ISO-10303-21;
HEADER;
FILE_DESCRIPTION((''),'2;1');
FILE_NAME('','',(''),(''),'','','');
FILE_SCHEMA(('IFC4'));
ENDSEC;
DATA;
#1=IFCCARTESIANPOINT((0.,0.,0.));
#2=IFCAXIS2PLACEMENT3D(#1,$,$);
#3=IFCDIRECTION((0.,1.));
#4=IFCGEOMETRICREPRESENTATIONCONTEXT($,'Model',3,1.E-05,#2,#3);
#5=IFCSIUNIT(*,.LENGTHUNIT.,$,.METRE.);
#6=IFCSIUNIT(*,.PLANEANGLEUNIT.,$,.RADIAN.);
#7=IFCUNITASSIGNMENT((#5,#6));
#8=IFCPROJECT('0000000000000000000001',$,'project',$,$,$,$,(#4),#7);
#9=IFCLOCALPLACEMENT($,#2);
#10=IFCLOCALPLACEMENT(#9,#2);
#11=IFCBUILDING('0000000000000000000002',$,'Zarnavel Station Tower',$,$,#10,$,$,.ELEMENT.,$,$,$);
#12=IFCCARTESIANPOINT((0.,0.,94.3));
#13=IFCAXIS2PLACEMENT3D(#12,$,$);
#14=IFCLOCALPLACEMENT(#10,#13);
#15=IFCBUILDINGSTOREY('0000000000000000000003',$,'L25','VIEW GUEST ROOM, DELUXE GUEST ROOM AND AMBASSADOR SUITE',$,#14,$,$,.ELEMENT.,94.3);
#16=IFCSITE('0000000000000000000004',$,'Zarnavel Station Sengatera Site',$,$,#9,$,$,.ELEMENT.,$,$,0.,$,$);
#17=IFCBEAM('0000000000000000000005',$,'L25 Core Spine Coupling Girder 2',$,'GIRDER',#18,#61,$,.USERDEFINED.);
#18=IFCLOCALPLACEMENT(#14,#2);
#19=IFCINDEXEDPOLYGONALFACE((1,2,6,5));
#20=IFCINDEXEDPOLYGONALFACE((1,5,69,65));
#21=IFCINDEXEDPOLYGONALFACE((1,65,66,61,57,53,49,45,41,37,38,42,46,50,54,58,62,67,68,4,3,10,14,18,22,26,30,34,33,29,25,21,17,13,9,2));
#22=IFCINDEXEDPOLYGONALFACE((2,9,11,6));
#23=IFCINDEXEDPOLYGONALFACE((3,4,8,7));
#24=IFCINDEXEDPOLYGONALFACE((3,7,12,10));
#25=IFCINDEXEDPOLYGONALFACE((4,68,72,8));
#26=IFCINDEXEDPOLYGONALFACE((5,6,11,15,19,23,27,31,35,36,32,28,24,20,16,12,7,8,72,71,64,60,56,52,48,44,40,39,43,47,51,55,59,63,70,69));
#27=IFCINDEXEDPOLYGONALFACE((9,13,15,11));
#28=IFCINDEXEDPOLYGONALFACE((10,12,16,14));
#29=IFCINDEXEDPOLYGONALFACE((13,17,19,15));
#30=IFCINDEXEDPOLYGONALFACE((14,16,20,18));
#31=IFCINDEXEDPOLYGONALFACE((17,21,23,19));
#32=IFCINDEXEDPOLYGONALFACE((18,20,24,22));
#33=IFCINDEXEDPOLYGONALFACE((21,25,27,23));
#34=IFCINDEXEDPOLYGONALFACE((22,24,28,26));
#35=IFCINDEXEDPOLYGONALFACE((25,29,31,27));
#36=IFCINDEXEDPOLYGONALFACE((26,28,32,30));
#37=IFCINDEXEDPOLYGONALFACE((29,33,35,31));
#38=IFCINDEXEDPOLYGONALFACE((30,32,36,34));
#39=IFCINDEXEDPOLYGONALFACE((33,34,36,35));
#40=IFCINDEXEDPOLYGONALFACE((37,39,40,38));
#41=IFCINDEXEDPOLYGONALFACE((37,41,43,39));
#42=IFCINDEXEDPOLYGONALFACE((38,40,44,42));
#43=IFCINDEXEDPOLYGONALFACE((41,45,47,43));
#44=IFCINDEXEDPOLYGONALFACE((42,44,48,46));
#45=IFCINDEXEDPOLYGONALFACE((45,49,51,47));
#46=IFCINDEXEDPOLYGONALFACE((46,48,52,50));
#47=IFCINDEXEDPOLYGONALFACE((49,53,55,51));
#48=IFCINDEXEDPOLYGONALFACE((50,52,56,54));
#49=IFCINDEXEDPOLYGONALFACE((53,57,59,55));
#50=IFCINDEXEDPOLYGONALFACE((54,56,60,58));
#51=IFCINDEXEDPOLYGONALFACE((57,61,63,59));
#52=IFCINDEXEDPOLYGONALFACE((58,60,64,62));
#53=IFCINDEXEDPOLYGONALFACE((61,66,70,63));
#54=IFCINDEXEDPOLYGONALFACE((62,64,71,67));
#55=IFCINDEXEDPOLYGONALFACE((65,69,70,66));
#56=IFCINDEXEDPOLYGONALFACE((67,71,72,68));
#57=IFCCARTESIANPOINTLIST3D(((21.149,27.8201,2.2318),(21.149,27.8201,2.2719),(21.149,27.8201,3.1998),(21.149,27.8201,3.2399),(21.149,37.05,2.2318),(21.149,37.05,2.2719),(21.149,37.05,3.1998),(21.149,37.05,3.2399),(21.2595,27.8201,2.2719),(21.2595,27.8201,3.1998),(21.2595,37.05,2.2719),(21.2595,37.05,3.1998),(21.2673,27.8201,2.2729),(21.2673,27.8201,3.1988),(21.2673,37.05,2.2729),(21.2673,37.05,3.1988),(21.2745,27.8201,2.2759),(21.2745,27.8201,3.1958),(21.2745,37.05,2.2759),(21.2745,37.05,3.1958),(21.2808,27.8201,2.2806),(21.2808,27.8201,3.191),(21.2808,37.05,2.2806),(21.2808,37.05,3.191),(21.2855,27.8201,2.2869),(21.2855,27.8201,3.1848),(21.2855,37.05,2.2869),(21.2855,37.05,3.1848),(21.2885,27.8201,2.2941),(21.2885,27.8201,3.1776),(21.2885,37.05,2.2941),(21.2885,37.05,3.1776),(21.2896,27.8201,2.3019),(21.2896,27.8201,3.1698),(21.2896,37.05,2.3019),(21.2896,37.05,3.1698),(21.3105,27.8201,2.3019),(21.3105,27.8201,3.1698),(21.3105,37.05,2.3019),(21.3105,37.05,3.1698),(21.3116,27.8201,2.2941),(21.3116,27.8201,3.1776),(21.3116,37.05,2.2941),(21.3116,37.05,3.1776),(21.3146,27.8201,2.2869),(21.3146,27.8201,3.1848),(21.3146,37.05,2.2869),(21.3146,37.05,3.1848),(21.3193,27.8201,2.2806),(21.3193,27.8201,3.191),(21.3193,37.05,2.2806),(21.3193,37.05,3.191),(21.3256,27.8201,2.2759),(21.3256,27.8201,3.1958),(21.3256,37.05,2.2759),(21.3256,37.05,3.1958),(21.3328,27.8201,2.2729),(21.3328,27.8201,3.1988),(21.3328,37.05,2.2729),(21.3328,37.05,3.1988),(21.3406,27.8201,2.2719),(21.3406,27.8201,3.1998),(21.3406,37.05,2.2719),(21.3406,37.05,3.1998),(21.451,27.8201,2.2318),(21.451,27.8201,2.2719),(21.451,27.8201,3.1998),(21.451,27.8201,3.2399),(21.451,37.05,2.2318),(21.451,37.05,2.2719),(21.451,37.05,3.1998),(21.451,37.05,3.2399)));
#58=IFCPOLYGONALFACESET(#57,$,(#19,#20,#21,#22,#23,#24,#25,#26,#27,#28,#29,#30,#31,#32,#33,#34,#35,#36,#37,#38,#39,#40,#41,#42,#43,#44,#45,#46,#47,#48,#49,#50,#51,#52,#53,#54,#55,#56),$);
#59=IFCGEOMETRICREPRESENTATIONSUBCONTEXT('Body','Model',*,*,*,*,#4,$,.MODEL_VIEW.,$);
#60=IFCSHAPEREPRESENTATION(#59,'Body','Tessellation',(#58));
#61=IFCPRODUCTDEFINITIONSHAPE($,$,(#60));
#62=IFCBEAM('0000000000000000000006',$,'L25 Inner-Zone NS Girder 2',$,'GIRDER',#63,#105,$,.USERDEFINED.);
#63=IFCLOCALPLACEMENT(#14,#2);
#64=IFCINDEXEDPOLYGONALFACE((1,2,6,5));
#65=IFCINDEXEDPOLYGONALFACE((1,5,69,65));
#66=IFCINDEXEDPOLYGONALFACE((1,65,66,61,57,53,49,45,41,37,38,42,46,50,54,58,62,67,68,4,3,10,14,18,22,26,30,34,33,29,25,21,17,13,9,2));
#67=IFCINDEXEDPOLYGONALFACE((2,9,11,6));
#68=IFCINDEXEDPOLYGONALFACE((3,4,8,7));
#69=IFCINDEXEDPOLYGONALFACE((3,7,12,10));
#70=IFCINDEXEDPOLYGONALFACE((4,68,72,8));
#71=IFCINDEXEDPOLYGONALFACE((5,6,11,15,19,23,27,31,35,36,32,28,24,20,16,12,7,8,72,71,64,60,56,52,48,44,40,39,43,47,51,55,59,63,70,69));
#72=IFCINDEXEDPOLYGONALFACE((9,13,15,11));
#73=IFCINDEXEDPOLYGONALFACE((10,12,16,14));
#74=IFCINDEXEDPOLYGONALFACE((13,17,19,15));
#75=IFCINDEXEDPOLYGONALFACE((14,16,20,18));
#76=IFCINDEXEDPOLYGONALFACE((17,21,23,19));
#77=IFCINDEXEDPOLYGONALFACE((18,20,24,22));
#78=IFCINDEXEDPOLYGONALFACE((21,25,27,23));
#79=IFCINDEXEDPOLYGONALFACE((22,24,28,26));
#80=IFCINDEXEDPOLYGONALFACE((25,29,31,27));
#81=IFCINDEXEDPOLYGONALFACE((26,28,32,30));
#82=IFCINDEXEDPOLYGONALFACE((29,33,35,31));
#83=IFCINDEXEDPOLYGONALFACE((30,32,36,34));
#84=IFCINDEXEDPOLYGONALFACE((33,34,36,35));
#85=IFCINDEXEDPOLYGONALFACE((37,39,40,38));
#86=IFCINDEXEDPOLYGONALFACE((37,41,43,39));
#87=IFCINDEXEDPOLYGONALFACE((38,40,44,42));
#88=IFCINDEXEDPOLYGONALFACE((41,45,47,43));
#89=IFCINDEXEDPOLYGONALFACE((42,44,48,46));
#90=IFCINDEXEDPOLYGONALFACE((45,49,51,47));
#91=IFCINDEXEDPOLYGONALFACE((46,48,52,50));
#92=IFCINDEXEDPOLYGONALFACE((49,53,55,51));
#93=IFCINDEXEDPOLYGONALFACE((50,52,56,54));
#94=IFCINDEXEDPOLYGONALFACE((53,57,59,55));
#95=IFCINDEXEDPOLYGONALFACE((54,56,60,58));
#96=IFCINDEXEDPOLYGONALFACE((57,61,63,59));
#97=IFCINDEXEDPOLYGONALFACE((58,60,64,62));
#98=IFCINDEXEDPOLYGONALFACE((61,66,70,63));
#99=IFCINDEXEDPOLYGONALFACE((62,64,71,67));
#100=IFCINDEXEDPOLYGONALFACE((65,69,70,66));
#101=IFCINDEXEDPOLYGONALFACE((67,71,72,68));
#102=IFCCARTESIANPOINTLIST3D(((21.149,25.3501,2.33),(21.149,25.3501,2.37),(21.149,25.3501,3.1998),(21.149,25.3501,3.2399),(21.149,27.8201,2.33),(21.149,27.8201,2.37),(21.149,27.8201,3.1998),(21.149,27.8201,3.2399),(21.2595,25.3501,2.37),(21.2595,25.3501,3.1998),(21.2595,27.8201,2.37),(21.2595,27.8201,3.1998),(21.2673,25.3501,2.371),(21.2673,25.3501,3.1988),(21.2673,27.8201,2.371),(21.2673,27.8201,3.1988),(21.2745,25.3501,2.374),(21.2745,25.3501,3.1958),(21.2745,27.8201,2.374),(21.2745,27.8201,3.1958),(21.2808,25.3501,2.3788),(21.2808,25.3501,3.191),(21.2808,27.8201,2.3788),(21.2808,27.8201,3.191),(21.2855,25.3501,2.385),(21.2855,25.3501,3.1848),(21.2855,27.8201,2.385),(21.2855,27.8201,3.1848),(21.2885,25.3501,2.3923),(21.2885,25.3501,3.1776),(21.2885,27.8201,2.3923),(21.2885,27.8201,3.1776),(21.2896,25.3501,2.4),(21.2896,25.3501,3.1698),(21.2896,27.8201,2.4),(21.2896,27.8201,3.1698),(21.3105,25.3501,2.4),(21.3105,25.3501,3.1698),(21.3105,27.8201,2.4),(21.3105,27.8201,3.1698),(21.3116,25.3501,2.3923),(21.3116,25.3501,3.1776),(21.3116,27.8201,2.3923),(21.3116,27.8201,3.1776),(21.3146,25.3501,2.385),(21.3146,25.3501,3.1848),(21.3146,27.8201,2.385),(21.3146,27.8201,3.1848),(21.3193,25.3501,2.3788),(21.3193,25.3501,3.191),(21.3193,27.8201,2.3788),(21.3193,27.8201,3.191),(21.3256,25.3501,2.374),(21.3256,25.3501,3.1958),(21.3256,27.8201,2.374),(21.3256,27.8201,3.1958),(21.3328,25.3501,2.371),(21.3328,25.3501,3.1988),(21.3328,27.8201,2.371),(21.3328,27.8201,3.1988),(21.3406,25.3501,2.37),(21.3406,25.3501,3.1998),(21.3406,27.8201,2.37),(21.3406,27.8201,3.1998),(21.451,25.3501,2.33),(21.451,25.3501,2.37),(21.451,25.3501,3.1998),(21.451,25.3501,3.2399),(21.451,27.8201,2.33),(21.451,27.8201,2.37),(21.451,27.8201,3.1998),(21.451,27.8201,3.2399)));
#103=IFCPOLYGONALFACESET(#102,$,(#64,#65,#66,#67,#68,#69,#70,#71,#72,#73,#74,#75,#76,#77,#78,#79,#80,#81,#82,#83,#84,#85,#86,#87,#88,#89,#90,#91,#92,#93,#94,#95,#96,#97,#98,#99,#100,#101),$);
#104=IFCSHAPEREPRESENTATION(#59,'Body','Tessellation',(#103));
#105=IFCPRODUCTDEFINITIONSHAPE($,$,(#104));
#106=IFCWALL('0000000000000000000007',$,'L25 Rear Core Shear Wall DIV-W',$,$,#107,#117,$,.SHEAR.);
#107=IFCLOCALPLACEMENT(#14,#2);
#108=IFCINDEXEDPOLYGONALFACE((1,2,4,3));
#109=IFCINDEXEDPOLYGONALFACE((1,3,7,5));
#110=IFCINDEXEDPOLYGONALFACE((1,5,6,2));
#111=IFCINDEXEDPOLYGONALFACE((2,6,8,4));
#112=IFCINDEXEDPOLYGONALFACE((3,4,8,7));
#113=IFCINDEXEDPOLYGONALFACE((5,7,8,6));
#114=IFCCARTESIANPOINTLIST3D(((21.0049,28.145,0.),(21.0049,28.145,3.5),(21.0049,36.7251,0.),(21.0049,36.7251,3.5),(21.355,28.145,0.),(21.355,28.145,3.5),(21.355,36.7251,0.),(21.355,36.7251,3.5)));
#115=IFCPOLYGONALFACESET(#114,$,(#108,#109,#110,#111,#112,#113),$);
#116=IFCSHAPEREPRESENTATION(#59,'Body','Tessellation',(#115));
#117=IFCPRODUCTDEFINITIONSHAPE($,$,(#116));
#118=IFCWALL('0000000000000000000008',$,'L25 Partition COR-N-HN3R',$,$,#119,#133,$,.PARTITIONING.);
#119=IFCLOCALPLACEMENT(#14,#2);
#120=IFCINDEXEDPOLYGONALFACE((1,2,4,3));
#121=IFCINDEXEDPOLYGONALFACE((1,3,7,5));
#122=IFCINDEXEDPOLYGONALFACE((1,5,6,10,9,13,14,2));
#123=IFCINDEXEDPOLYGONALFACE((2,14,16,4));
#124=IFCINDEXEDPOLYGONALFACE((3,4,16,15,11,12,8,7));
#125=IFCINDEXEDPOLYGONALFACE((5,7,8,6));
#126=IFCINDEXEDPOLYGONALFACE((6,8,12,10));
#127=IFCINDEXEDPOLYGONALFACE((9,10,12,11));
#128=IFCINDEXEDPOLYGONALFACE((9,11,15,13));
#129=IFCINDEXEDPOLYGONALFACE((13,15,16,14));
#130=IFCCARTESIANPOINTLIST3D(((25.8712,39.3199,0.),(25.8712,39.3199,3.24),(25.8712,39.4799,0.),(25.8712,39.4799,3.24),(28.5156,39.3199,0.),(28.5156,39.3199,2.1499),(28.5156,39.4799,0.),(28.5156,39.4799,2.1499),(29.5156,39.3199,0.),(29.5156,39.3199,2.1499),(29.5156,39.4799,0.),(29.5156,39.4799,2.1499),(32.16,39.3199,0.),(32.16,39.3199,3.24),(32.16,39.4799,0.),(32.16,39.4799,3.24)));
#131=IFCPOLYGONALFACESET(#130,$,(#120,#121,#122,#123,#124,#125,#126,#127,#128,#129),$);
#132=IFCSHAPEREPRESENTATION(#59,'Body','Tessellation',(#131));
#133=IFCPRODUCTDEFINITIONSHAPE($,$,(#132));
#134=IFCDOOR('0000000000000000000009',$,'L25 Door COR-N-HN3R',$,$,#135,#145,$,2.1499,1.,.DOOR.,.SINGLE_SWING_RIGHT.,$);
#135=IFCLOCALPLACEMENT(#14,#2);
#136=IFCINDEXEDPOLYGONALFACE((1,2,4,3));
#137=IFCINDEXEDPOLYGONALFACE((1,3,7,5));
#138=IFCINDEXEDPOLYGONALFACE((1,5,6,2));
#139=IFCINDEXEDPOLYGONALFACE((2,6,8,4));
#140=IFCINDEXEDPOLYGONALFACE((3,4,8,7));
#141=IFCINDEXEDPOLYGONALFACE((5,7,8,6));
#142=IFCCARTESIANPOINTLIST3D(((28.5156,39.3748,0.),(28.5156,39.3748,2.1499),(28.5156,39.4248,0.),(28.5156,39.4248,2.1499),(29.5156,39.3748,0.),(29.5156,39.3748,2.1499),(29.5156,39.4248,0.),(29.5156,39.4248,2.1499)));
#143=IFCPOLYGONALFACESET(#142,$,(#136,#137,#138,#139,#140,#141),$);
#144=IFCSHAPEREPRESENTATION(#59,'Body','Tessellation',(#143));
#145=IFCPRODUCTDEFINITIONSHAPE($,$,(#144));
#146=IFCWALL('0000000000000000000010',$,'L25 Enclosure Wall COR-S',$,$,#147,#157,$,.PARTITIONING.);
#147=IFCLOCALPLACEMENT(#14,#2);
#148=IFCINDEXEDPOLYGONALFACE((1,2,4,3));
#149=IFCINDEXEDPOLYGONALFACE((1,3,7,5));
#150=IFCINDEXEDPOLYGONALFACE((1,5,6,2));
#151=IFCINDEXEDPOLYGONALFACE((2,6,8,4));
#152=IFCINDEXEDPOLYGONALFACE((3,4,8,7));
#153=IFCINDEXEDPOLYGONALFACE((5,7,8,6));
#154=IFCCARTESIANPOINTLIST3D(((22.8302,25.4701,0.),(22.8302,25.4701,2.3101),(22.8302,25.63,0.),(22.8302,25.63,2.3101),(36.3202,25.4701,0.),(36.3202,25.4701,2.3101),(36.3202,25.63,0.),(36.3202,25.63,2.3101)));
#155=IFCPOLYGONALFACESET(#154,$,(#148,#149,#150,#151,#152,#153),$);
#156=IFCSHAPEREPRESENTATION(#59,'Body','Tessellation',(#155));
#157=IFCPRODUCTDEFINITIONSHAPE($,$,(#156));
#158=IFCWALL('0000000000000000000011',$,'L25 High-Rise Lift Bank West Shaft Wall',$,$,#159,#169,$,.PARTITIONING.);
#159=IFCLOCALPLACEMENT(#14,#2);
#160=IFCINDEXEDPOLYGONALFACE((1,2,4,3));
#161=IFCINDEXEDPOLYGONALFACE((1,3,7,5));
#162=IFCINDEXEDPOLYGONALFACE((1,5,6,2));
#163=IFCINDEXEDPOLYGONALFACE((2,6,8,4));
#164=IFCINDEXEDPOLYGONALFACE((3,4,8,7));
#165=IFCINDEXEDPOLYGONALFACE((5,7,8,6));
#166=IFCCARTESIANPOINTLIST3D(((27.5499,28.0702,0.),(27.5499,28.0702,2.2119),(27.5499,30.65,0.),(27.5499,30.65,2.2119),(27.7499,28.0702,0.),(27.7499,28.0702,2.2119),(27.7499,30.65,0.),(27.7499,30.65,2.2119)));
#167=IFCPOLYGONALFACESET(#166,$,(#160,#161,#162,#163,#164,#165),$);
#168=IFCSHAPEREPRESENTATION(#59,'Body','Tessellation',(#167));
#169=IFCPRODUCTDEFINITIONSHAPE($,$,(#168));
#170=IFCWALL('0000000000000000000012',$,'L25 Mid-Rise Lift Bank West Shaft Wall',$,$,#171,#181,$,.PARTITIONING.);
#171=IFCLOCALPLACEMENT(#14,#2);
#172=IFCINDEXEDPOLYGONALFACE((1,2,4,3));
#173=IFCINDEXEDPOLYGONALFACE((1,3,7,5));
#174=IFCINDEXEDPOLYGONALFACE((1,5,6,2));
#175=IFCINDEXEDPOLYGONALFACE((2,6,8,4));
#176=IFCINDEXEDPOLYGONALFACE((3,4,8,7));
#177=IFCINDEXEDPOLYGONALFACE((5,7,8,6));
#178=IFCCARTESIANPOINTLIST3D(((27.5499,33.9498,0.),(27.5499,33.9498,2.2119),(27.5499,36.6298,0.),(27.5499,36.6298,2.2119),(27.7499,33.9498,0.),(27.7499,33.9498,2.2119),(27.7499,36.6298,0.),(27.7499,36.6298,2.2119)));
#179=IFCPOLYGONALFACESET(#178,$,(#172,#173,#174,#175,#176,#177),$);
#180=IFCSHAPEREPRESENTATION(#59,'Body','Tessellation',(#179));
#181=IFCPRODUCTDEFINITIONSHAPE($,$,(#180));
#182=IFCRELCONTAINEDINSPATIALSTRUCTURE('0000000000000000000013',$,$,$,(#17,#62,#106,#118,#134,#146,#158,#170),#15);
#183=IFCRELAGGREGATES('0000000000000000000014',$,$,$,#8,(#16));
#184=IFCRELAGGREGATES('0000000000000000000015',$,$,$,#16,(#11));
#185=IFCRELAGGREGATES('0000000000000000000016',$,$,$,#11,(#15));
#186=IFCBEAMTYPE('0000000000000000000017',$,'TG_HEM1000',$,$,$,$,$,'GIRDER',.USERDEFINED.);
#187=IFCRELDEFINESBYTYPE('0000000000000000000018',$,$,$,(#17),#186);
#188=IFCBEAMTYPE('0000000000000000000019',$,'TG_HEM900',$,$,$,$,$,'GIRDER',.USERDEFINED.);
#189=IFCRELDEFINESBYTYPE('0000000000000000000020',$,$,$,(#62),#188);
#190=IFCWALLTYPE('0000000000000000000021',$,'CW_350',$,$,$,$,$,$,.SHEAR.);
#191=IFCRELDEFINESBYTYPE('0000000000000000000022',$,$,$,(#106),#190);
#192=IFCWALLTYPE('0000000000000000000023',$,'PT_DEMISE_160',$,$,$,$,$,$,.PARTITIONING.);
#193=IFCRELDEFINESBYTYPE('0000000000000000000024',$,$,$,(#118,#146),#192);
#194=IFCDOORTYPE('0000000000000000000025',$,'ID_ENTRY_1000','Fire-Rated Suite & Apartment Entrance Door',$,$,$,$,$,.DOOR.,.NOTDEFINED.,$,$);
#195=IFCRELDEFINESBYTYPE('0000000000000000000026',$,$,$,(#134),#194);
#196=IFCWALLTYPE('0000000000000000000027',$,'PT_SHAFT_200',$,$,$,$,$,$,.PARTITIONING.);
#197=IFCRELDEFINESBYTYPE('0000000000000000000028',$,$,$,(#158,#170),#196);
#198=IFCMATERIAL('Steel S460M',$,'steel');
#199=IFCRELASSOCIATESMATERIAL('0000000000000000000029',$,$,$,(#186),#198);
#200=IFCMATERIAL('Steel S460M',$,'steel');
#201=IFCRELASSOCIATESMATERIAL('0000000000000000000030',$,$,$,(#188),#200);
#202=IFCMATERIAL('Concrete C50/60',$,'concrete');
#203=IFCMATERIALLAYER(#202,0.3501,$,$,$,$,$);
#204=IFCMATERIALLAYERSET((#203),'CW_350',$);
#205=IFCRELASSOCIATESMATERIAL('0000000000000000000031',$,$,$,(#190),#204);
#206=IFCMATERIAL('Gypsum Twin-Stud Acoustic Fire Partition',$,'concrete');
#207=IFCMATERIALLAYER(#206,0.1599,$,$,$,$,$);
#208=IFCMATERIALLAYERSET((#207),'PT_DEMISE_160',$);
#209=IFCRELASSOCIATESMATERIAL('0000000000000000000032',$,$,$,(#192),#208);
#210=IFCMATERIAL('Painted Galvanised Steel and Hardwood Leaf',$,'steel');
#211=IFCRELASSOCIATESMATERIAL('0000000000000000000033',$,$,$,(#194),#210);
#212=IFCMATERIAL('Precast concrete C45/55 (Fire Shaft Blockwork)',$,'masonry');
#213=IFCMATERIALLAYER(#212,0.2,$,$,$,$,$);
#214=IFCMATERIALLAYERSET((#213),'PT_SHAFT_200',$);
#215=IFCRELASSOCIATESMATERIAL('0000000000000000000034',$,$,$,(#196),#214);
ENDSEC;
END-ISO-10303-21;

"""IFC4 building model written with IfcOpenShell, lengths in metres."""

from ifc_helpers import new_model, si_unit, direction, frame, frame_2d, origin, origin_2d, place, context, subcontext, project, spatial, rectangle, i_section, extrude, material, layer, layer_set, material_profile, profile_set, type_object, element, fill, save


model = new_model("IFC4")

# Units and contexts
model_context = context("Model", 3, precision=1e-05, world=origin(), true_north=direction((0.0, 1.0)))
body_context = subcontext(model_context, "Body", "Model", "MODEL_VIEW")
ifc_project = project(units=[si_unit("LENGTHUNIT", "METRE"), si_unit("PLANEANGLEUNIT", "RADIAN")], contexts=[model_context])

# Site, building, storey
site_placement = place(None, origin())
site = spatial("IfcSite", under=ifc_project, at=site_placement, Name="Zarnavel Station Sengatera Site", CompositionType="ELEMENT", RefElevation=0.0)
building_placement = place(site_placement, origin())
building = spatial("IfcBuilding", under=site, at=building_placement, Name="Zarnavel Station Tower", CompositionType="ELEMENT")
storey_placement = place(building_placement, frame((0.0, 0.0, 94.3)))
storey = spatial("IfcBuildingStorey", under=building, at=storey_placement, Name="L25", Description="VIEW GUEST ROOM, DELUXE GUEST ROOM AND AMBASSADOR SUITE", CompositionType="ELEMENT", Elevation=94.3)

# Beams
ifc_material_1 = material(Name="Steel S460M", Category="steel")
ifc_material_profile_1 = material_profile(ifc_material_1, i_section(OverallWidth=0.302, OverallDepth=1.0081, WebThickness=0.021, FlangeThickness=0.04, FilletRadius=0.03, at=origin_2d()), Name="HEM1000")
ifc_profile_set_1 = profile_set([ifc_material_profile_1], Name="Steel S460M")
beam_type_1 = type_object("IfcBeamType", Name="TG_HEM1000", ElementType="GIRDER", PredefinedType="USERDEFINED", material=ifc_profile_set_1)
beam_1_placement = place(storey_placement, frame((21.3, 27.8201, 2.7358), z_axis=(0.0, 1.0, 0.0), x_axis=(-1.0, 0.0, 0.0)))
element("IfcBeam", 1, at=beam_1_placement, inside=storey, type_object=beam_type_1, Name="L25 Core Spine Coupling Girder 2", ObjectType="GIRDER", PredefinedType="USERDEFINED", context=body_context, shape_type="SweptSolid", body=[
    extrude(i_section(OverallWidth=0.302, OverallDepth=1.0081, WebThickness=0.021, FlangeThickness=0.04, FilletRadius=0.03, at=origin_2d()), origin(), (0.0, 0.0, 1.0), 9.23),
])
ifc_material_2 = material(Name="Steel S460M", Category="steel")
ifc_material_profile_2 = material_profile(ifc_material_2, i_section(OverallWidth=0.302, OverallDepth=0.9099, WebThickness=0.021, FlangeThickness=0.04, FilletRadius=0.03, at=origin_2d()), Name="HEM900")
ifc_profile_set_2 = profile_set([ifc_material_profile_2], Name="Steel S460M")
beam_type_2 = type_object("IfcBeamType", Name="TG_HEM900", ElementType="GIRDER", PredefinedType="USERDEFINED", material=ifc_profile_set_2)
beam_2_placement = place(storey_placement, frame((21.3, 25.3501, 2.7849), z_axis=(0.0, 1.0, 0.0), x_axis=(-1.0, 0.0, 0.0)))
element("IfcBeam", 2, at=beam_2_placement, inside=storey, type_object=beam_type_2, Name="L25 Inner-Zone NS Girder 2", ObjectType="GIRDER", PredefinedType="USERDEFINED", context=body_context, shape_type="SweptSolid", body=[
    extrude(i_section(OverallWidth=0.302, OverallDepth=0.9099, WebThickness=0.021, FlangeThickness=0.04, FilletRadius=0.03, at=origin_2d()), origin(), (0.0, 0.0, 1.0), 2.47),
])

# Wall
ifc_material_3 = material(Name="Concrete C50/60", Category="concrete")
ifc_layer_1 = layer(ifc_material_3, 0.3501)
ifc_layer_set_1 = layer_set([ifc_layer_1], Name="CW_350")
wall_type_1 = type_object("IfcWallType", Name="CW_350", PredefinedType="SHEAR", material=ifc_layer_set_1)
wall_1_placement = place(storey_placement, frame((21.1799, 28.145, 0.0), z_axis=(0.0, 0.0, 1.0), x_axis=(0.0, 1.0, 0.0)))
element("IfcWall", 3, at=wall_1_placement, inside=storey, type_object=wall_type_1, Name="L25 Rear Core Shear Wall DIV-W", PredefinedType="SHEAR", context=body_context, shape_type="SweptSolid", body=[
    extrude(rectangle(XDim=8.5801, YDim=0.3501, at=frame_2d((4.29, 0.0))), origin(), (0.0, 0.0, 1.0), 3.5),
])

# Wall, opening, door
ifc_material_4 = material(Name="Gypsum Twin-Stud Acoustic Fire Partition", Category="concrete")
ifc_layer_2 = layer(ifc_material_4, 0.1599)
ifc_layer_set_2 = layer_set([ifc_layer_2], Name="PT_DEMISE_160")
wall_type_2 = type_object("IfcWallType", Name="PT_DEMISE_160", PredefinedType="PARTITIONING", material=ifc_layer_set_2)
wall_2_placement = place(storey_placement, frame((25.8711, 39.3999, 0.0), z_axis=(0.0, 0.0, 1.0), x_axis=(1.0, 0.0, 0.0)))
wall_2 = element("IfcWall", 4, at=wall_2_placement, inside=storey, type_object=wall_type_2, Name="L25 Partition COR-N-HN3R", PredefinedType="PARTITIONING", context=body_context, shape_type="SweptSolid", body=[
    extrude(rectangle(XDim=6.2888, YDim=0.1599, at=frame_2d((3.1445, 0.0))), origin(), (0.0, 0.0, 1.0), 3.24),
])
opening_1_placement = place(wall_2_placement, frame((2.6445, 0.0, 0.0)))
opening_1 = element("IfcOpeningElement", 5, at=opening_1_placement, cuts=wall_2, PredefinedType="OPENING", context=body_context, shape_type="SweptSolid", body=[
    extrude(rectangle(XDim=1.0, YDim=2.1499, at=frame_2d((0.5, 1.075))), frame((0.0, 0.0898, 0.0), z_axis=(0.0, -1.0, 0.0), x_axis=(1.0, 0.0, 0.0)), (0.0, 0.0, 1.0), 0.1799),
])
ifc_material_5 = material(Name="Painted Galvanised Steel and Hardwood Leaf", Category="steel")
door_type_1 = type_object("IfcDoorType", Name="ID_ENTRY_1000", Description="Fire-Rated Suite & Apartment Entrance Door", OperationType="NOTDEFINED", PredefinedType="DOOR", material=ifc_material_5)
door_1_placement = place(opening_1_placement, origin())
door_1 = element("IfcDoor", 6, at=door_1_placement, inside=storey, type_object=door_type_1, Name="L25 Door COR-N-HN3R", OperationType="SINGLE_SWING_RIGHT", OverallHeight=2.1499, OverallWidth=1.0, PredefinedType="DOOR", context=body_context, shape_type="SweptSolid", body=[
    extrude(rectangle(XDim=1.0, YDim=2.1499, at=frame_2d((0.5, 1.075))), frame((0.0, 0.0249, 0.0), z_axis=(0.0, -1.0, 0.0), x_axis=(1.0, 0.0, 0.0)), (0.0, 0.0, 1.0), 0.05),
])
fill(opening_1, door_1)

# Walls
wall_3_placement = place(storey_placement, frame((22.8301, 25.55, 0.0), z_axis=(0.0, 0.0, 1.0), x_axis=(1.0, 0.0, 0.0)))
element("IfcWall", 7, at=wall_3_placement, inside=storey, type_object=wall_type_2, Name="L25 Enclosure Wall COR-S", PredefinedType="PARTITIONING", context=body_context, shape_type="SweptSolid", body=[
    extrude(rectangle(XDim=13.49, YDim=0.1599, at=frame_2d((6.7451, 0.0))), origin(), (0.0, 0.0, 1.0), 2.3101),
])
ifc_material_6 = material(Name="Precast concrete C45/55 (Fire Shaft Blockwork)", Category="masonry")
ifc_layer_3 = layer(ifc_material_6, 0.2)
ifc_layer_set_3 = layer_set([ifc_layer_3], Name="PT_SHAFT_200")
wall_type_3 = type_object("IfcWallType", Name="PT_SHAFT_200", PredefinedType="PARTITIONING", material=ifc_layer_set_3)
wall_4_placement = place(storey_placement, frame((27.6499, 28.0701, 0.0), z_axis=(0.0, 0.0, 1.0), x_axis=(0.0, 1.0, 0.0)))
element("IfcWall", 8, at=wall_4_placement, inside=storey, type_object=wall_type_3, Name="L25 High-Rise Lift Bank West Shaft Wall", PredefinedType="PARTITIONING", context=body_context, shape_type="SweptSolid", body=[
    extrude(rectangle(XDim=2.5798, YDim=0.2, at=frame_2d((1.29, 0.0))), origin(), (0.0, 0.0, 1.0), 2.2119),
])
wall_5_placement = place(storey_placement, frame((27.6499, 33.95, 0.0), z_axis=(0.0, 0.0, 1.0), x_axis=(0.0, 1.0, 0.0)))
element("IfcWall", 9, at=wall_5_placement, inside=storey, type_object=wall_type_3, Name="L25 Mid-Rise Lift Bank West Shaft Wall", PredefinedType="PARTITIONING", context=body_context, shape_type="SweptSolid", body=[
    extrude(rectangle(XDim=2.6799, YDim=0.2, at=frame_2d((1.3398, 0.0))), origin(), (0.0, 0.0, 1.0), 2.2119),
])

save(model, "model.ifc")
